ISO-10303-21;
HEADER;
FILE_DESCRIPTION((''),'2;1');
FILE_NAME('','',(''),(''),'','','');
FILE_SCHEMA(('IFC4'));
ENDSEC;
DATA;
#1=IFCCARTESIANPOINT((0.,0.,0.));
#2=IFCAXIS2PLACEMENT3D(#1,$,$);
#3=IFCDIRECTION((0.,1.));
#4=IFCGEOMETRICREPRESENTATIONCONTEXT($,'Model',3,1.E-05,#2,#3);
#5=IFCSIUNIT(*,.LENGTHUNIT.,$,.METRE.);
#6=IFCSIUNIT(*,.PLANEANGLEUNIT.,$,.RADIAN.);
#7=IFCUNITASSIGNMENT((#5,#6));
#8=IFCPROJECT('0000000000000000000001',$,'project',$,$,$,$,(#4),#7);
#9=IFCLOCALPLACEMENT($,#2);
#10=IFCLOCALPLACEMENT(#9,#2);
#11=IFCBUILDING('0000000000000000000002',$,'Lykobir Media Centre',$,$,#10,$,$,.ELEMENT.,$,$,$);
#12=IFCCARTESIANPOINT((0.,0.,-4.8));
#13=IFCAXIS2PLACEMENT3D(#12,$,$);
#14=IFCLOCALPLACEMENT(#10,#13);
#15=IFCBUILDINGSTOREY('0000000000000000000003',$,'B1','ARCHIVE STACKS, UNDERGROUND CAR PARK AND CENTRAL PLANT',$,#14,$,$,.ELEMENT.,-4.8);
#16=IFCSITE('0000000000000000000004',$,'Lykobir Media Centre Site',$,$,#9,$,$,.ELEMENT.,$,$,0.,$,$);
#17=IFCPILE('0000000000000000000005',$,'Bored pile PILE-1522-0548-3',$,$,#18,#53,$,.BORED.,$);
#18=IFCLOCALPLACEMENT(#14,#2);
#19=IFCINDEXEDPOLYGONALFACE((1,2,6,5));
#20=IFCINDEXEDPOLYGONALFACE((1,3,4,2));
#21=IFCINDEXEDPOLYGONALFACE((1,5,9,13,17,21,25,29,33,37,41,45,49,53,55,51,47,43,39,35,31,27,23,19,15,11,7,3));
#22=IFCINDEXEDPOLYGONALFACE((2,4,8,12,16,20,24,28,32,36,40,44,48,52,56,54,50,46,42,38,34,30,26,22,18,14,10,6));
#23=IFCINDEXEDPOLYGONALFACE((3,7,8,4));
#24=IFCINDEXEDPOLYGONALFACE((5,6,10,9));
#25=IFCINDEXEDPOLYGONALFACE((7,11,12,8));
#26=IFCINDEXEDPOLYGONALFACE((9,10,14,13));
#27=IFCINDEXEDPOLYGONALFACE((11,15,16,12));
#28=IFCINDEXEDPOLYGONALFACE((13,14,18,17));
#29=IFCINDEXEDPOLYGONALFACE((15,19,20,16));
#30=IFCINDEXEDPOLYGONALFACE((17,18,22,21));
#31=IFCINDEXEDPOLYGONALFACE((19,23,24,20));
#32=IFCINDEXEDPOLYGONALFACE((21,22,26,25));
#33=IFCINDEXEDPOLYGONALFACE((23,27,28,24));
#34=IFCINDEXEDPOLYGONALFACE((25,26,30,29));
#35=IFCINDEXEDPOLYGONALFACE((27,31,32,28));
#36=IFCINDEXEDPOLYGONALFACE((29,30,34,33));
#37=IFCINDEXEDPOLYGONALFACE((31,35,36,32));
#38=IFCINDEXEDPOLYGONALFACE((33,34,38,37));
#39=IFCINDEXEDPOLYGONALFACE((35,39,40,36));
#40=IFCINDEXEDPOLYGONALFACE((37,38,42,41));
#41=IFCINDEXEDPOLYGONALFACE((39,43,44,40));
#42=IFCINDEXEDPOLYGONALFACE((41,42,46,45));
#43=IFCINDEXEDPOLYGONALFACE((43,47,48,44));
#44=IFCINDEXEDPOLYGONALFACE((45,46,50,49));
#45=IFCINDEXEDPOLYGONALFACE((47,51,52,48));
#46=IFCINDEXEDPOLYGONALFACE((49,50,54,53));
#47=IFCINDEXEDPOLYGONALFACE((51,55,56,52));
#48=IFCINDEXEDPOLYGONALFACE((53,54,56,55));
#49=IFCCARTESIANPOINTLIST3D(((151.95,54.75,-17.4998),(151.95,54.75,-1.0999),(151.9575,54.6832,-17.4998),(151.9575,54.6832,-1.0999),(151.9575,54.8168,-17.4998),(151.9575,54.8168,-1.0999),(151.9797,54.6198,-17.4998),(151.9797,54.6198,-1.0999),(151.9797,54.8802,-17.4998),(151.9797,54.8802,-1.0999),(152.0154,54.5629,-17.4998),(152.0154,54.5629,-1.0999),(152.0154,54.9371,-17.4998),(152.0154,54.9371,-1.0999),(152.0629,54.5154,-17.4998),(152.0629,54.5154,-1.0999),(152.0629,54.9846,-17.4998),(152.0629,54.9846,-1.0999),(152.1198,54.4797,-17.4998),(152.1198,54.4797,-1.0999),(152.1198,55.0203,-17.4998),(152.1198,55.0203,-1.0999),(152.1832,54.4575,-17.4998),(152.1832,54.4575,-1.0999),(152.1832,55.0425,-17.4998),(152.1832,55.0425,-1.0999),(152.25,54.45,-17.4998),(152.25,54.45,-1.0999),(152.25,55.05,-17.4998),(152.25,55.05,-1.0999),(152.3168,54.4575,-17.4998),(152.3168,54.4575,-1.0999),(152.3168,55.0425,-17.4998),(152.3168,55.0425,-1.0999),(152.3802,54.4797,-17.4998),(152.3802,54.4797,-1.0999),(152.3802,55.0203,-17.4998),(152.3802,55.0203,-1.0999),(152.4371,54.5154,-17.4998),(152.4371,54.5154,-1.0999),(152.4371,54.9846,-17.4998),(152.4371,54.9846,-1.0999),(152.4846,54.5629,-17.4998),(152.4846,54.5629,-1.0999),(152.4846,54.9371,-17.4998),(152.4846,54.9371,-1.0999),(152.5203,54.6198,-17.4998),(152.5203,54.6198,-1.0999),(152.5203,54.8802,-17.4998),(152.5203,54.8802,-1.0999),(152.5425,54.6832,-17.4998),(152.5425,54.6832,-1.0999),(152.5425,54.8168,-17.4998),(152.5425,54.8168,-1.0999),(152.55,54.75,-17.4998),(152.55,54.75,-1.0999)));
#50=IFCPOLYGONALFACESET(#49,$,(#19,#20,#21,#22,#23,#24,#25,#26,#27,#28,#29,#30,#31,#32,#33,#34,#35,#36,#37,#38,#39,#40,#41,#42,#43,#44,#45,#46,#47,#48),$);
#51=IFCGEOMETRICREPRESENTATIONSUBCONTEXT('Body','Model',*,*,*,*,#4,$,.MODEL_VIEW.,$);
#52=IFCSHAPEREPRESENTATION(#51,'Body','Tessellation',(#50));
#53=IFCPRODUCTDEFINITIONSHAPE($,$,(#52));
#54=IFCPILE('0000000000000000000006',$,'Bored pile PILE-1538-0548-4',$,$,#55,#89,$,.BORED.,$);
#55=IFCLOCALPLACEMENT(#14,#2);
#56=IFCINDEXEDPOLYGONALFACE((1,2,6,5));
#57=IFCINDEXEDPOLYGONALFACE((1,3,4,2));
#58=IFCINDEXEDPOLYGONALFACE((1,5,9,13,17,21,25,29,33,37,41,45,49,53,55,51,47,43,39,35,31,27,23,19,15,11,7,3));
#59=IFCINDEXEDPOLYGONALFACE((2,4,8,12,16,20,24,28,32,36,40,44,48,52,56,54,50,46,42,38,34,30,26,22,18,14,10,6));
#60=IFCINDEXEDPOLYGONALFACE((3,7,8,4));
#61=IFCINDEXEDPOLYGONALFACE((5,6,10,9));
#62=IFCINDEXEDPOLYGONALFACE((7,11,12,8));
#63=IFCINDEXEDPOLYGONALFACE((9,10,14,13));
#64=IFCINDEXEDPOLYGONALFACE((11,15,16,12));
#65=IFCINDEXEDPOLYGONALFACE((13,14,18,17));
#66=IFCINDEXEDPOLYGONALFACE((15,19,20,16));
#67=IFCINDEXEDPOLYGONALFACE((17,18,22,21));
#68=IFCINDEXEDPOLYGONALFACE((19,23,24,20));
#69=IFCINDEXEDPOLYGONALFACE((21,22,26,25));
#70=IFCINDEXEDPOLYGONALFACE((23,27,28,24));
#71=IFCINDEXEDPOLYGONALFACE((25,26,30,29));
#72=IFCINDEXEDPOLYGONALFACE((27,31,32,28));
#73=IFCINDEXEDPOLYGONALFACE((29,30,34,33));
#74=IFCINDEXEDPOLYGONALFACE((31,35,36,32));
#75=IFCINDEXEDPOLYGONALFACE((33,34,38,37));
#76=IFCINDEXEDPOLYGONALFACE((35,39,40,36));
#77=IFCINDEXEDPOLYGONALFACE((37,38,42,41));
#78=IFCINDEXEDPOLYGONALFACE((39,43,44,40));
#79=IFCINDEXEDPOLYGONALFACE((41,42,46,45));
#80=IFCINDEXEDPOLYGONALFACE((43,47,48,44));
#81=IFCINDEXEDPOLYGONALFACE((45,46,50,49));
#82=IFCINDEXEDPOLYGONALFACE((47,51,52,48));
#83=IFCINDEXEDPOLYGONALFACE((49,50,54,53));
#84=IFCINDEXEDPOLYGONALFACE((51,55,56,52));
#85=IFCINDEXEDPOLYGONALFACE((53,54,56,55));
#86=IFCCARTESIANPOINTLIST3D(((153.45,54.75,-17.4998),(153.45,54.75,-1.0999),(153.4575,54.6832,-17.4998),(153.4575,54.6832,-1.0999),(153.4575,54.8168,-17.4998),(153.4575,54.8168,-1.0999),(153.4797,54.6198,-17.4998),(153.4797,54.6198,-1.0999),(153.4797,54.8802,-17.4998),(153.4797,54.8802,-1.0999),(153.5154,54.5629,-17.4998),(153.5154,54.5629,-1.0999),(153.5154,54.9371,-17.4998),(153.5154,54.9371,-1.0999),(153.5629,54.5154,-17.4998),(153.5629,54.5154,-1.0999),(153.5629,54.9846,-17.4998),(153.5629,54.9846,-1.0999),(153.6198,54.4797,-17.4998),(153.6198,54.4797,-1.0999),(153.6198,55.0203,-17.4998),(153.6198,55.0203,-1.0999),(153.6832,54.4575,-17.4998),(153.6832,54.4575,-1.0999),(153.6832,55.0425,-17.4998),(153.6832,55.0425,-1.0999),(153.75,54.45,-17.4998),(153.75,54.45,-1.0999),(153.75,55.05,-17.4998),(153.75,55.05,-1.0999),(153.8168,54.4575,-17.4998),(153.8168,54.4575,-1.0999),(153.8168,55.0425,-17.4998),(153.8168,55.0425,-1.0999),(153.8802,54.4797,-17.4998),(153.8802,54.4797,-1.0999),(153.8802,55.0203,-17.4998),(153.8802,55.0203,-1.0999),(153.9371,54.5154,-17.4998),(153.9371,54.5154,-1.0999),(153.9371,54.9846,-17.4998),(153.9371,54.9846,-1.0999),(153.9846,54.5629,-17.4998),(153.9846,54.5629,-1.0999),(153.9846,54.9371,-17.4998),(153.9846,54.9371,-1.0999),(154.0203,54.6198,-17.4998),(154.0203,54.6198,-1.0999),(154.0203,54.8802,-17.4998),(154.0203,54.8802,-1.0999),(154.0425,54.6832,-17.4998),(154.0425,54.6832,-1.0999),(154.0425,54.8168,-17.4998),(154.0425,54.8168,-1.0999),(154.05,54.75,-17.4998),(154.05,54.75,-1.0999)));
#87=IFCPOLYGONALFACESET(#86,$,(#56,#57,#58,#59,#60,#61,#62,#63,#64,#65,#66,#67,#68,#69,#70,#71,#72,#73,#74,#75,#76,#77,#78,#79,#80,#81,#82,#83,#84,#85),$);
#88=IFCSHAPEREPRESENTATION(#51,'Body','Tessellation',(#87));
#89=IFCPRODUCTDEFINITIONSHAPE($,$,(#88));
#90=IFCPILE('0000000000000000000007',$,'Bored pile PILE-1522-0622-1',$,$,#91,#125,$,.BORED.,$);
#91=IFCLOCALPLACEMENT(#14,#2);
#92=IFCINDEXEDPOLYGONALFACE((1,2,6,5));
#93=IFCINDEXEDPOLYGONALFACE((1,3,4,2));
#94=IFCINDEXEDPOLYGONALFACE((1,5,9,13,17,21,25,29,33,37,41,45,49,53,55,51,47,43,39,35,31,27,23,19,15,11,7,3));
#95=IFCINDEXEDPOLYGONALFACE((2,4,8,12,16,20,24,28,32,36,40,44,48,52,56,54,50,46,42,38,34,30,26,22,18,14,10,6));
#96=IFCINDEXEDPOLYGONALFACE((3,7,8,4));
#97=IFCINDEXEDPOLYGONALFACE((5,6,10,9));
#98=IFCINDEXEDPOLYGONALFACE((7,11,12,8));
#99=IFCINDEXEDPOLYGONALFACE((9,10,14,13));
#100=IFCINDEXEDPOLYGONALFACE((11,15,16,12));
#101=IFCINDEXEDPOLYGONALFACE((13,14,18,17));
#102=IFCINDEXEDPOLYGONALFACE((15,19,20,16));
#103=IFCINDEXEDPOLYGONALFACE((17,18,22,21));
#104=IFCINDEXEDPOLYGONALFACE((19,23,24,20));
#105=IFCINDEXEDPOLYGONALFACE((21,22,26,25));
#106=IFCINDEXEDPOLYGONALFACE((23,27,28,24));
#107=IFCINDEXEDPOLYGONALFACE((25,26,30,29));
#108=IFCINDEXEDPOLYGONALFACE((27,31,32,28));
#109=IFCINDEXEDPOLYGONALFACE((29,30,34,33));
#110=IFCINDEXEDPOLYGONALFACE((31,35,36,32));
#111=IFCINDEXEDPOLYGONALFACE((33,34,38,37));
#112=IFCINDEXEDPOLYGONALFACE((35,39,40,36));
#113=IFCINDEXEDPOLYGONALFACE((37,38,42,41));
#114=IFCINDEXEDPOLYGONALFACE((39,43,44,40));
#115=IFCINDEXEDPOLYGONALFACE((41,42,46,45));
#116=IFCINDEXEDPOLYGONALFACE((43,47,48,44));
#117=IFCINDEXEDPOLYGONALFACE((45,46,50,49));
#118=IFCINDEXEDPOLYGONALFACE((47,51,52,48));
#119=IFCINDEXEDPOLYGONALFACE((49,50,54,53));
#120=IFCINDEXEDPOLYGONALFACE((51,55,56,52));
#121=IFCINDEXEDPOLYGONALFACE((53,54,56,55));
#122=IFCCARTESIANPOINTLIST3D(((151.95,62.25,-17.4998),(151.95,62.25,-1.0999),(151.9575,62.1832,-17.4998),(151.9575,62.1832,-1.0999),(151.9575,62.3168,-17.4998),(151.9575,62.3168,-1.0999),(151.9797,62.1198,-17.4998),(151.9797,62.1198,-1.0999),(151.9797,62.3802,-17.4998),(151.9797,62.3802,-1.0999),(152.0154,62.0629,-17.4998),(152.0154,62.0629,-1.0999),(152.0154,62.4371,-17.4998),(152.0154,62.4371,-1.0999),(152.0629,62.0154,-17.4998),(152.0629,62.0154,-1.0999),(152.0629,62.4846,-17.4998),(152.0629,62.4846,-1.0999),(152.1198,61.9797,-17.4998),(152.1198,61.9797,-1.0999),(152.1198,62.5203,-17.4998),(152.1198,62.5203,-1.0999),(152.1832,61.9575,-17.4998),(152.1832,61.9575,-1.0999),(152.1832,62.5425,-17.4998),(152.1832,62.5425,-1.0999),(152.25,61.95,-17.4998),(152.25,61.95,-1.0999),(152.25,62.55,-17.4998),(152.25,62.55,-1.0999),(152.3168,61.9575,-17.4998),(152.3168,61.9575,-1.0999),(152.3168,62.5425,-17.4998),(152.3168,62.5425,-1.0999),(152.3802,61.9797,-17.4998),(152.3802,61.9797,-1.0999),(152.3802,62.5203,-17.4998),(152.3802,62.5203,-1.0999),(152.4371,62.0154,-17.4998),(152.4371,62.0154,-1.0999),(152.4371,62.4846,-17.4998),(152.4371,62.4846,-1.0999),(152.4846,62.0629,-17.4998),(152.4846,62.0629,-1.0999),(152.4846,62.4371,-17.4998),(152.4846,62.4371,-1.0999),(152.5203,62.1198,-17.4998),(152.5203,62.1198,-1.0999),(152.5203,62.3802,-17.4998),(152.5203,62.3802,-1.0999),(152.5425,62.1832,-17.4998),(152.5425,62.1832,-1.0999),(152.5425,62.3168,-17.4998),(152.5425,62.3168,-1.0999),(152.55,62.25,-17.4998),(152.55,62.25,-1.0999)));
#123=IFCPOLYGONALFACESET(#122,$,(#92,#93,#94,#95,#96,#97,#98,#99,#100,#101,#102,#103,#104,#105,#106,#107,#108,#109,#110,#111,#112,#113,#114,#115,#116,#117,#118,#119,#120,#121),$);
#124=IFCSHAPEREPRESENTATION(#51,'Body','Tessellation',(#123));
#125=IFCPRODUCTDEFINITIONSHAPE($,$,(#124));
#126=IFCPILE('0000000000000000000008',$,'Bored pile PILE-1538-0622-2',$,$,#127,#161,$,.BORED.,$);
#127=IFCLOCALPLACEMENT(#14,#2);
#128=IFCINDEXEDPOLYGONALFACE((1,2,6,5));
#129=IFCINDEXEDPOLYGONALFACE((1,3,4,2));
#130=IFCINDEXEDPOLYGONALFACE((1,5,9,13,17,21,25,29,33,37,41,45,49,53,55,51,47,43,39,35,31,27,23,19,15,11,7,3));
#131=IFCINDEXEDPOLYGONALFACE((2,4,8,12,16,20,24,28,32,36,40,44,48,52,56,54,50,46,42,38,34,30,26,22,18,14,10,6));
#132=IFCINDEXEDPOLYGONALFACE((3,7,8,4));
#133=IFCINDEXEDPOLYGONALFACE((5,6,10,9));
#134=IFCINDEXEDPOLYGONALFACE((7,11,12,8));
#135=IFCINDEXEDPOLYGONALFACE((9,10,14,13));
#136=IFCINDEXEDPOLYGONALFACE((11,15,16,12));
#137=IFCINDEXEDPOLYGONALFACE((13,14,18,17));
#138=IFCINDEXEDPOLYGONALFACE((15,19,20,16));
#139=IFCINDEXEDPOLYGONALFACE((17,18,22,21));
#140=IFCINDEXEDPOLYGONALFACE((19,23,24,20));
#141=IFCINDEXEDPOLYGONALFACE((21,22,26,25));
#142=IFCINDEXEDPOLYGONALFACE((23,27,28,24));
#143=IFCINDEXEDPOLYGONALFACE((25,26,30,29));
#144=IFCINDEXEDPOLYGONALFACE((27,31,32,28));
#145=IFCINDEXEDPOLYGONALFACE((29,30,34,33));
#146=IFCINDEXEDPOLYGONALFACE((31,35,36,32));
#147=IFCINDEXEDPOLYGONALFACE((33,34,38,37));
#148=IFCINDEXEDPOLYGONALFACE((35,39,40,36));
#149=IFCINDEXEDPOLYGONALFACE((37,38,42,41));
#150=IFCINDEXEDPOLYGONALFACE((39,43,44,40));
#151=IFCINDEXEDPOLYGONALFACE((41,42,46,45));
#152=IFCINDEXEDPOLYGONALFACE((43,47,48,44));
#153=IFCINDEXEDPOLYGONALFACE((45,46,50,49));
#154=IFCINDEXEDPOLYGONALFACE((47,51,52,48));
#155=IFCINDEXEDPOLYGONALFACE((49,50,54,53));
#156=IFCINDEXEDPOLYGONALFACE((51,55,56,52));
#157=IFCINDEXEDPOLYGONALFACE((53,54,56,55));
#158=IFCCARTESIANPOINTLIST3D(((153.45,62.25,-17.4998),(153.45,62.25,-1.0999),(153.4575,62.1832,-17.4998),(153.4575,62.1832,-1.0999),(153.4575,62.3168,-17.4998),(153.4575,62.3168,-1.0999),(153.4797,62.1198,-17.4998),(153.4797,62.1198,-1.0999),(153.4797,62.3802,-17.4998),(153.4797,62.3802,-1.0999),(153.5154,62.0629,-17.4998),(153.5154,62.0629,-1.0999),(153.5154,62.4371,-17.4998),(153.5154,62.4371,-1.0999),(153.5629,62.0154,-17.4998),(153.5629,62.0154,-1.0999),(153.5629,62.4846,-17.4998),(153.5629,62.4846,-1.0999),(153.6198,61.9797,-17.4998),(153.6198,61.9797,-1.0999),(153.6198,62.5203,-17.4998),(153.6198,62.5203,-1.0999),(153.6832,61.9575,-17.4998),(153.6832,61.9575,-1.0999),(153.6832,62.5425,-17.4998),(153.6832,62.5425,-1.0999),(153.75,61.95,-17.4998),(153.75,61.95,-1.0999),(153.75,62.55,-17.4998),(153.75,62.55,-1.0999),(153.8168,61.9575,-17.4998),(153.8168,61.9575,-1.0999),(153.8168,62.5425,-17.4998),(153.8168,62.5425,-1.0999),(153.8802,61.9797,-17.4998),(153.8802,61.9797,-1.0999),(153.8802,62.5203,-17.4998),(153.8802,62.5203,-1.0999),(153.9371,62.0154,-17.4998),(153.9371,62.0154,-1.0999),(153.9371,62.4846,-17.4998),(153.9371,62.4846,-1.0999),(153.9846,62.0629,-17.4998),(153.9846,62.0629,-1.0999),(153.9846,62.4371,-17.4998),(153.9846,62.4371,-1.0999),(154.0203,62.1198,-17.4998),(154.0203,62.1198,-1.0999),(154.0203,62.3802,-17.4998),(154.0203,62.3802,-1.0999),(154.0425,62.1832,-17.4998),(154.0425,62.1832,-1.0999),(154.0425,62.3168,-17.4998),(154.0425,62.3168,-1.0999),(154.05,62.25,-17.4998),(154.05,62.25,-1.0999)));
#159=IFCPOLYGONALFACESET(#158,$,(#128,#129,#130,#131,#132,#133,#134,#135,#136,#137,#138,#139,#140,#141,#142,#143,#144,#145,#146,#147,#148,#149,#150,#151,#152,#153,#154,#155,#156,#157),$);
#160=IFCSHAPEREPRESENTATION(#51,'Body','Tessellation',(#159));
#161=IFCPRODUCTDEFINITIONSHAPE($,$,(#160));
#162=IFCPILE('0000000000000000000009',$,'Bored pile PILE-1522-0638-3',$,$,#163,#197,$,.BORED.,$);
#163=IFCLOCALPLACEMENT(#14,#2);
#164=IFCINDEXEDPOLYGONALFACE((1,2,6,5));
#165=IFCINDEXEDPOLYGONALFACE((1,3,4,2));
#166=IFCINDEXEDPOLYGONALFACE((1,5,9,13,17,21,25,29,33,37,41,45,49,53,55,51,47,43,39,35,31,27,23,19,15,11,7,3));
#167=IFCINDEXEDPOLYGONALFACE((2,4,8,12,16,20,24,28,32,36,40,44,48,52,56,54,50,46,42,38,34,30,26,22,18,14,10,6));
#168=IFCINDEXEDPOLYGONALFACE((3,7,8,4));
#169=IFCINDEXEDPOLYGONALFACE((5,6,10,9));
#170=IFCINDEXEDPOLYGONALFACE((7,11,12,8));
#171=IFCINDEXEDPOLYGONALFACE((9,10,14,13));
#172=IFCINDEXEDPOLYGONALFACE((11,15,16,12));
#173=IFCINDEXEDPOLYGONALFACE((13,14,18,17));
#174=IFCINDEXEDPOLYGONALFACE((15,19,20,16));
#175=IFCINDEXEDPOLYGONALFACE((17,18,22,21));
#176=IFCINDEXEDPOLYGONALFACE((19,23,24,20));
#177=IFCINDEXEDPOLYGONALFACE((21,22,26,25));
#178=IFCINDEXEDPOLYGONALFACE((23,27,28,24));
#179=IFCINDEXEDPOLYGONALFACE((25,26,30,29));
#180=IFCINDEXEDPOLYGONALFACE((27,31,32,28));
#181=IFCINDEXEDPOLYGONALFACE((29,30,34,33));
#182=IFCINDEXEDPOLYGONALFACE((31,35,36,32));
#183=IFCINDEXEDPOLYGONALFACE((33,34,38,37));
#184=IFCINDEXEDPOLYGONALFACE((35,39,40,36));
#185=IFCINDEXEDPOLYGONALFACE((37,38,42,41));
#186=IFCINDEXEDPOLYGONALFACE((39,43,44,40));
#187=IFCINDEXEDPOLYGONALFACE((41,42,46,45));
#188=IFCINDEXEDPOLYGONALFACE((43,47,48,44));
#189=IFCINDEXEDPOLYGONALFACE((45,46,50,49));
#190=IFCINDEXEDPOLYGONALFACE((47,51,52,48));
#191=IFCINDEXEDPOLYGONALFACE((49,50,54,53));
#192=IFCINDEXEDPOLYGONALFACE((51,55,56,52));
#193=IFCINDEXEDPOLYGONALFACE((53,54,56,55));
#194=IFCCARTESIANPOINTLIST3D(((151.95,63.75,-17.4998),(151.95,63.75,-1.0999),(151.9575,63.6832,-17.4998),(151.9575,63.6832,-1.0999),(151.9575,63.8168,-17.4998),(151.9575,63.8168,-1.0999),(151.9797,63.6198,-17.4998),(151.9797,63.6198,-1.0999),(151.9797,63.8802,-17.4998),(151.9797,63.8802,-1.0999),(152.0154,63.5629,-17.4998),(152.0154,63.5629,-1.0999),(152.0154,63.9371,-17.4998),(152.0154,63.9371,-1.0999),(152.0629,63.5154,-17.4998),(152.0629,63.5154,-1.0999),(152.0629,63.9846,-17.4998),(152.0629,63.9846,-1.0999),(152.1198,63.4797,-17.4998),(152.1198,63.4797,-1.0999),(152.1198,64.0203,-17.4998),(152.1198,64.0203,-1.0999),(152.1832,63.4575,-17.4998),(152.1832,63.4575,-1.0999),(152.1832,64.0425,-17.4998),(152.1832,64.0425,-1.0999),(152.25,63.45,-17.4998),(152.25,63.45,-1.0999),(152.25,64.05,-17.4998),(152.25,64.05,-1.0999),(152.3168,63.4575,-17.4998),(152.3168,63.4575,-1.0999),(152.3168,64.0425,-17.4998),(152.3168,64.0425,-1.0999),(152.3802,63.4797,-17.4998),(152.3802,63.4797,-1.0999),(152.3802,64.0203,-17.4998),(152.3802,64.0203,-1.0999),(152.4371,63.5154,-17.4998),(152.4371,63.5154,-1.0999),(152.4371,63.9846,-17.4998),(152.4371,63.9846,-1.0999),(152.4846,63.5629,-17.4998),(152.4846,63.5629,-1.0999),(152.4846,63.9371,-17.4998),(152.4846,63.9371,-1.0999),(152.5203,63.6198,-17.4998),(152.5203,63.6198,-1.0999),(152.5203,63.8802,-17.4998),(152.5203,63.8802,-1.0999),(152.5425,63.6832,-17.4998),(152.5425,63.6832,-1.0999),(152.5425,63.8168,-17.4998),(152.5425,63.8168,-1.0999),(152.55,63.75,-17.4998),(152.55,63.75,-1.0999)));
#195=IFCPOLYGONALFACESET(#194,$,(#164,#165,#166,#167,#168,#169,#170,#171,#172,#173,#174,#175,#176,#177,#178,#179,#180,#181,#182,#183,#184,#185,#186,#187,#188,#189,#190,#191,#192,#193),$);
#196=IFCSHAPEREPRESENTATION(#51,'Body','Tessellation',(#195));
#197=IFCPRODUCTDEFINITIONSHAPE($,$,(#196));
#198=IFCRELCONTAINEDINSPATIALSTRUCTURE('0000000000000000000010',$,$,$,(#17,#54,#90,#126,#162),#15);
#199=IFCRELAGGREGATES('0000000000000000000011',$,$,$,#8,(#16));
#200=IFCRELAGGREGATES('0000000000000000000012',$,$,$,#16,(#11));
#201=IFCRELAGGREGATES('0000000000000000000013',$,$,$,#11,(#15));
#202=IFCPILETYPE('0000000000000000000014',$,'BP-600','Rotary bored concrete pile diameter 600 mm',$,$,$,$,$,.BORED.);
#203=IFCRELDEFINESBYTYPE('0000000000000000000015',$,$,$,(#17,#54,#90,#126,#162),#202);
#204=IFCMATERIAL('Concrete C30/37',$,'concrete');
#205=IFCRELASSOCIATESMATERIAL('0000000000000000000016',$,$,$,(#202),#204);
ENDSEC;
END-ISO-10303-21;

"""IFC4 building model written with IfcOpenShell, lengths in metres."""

from ifc_helpers import new_model, si_unit, direction, frame, origin, origin_2d, place, context, subcontext, project, spatial, circle, extrude, material, material_profile, profile_set, type_object, element, save


model = new_model("IFC4")

# Units and contexts
model_context = context("Model", 3, precision=1e-05, world=origin(), true_north=direction((0.0, 1.0)))
body_context = subcontext(model_context, "Body", "Model", "MODEL_VIEW")
ifc_project = project(units=[si_unit("LENGTHUNIT", "METRE"), si_unit("PLANEANGLEUNIT", "RADIAN")], contexts=[model_context])

# Site, building, storey
site_placement = place(None, origin())
site = spatial("IfcSite", under=ifc_project, at=site_placement, Name="Lykobir Media Centre Site", CompositionType="ELEMENT", RefElevation=0.0)
building_placement = place(site_placement, origin())
building = spatial("IfcBuilding", under=site, at=building_placement, Name="Lykobir Media Centre", CompositionType="ELEMENT")
storey_placement = place(building_placement, frame((0.0, 0.0, -4.8)))
storey = spatial("IfcBuildingStorey", under=building, at=storey_placement, Name="B1", Description="ARCHIVE STACKS, UNDERGROUND CAR PARK AND CENTRAL PLANT", CompositionType="ELEMENT", Elevation=-4.8)

# Piles
ifc_material_1 = material(Name="Concrete C30/37", Category="concrete")
ifc_material_profile_1 = material_profile(ifc_material_1, circle(Radius=0.3, at=origin_2d()), Name="BORED PILE D600")
ifc_profile_set_1 = profile_set([ifc_material_profile_1], Name="Concrete C30/37")
pile_type = type_object("IfcPileType", Name="BP-600", Description="Rotary bored concrete pile diameter 600 mm", PredefinedType="BORED", material=ifc_profile_set_1)
for number, where, z_axis, x_axis, name in (
    (1, (152.25, 54.75, -1.0999), (0.0, 0.0, -1.0), (1.0, 0.0, 0.0), "Bored pile PILE-1522-0548-3"),
    (2, (153.75, 54.75, -1.0999), (0.0, 0.0, -1.0), (1.0, 0.0, 0.0), "Bored pile PILE-1538-0548-4"),
    (3, (152.25, 62.25, -1.0999), (0.0, 0.0, -1.0), (1.0, 0.0, 0.0), "Bored pile PILE-1522-0622-1"),
    (4, (153.75, 62.25, -1.0999), (0.0, 0.0, -1.0), (1.0, 0.0, 0.0), "Bored pile PILE-1538-0622-2"),
    (5, (152.25, 63.75, -1.0999), (0.0, 0.0, -1.0), (1.0, 0.0, 0.0), "Bored pile PILE-1522-0638-3"),
):
    element("IfcPile", number, at=place(storey_placement, frame(where, z_axis=z_axis, x_axis=x_axis)), inside=storey, type_object=pile_type, Name=name, PredefinedType="BORED", context=body_context, shape_type="SweptSolid", body=[
        extrude(circle(Radius=0.3, at=origin_2d()), origin(), (0.0, 0.0, 1.0), 16.3999),
    ])

save(model, "model.ifc")
